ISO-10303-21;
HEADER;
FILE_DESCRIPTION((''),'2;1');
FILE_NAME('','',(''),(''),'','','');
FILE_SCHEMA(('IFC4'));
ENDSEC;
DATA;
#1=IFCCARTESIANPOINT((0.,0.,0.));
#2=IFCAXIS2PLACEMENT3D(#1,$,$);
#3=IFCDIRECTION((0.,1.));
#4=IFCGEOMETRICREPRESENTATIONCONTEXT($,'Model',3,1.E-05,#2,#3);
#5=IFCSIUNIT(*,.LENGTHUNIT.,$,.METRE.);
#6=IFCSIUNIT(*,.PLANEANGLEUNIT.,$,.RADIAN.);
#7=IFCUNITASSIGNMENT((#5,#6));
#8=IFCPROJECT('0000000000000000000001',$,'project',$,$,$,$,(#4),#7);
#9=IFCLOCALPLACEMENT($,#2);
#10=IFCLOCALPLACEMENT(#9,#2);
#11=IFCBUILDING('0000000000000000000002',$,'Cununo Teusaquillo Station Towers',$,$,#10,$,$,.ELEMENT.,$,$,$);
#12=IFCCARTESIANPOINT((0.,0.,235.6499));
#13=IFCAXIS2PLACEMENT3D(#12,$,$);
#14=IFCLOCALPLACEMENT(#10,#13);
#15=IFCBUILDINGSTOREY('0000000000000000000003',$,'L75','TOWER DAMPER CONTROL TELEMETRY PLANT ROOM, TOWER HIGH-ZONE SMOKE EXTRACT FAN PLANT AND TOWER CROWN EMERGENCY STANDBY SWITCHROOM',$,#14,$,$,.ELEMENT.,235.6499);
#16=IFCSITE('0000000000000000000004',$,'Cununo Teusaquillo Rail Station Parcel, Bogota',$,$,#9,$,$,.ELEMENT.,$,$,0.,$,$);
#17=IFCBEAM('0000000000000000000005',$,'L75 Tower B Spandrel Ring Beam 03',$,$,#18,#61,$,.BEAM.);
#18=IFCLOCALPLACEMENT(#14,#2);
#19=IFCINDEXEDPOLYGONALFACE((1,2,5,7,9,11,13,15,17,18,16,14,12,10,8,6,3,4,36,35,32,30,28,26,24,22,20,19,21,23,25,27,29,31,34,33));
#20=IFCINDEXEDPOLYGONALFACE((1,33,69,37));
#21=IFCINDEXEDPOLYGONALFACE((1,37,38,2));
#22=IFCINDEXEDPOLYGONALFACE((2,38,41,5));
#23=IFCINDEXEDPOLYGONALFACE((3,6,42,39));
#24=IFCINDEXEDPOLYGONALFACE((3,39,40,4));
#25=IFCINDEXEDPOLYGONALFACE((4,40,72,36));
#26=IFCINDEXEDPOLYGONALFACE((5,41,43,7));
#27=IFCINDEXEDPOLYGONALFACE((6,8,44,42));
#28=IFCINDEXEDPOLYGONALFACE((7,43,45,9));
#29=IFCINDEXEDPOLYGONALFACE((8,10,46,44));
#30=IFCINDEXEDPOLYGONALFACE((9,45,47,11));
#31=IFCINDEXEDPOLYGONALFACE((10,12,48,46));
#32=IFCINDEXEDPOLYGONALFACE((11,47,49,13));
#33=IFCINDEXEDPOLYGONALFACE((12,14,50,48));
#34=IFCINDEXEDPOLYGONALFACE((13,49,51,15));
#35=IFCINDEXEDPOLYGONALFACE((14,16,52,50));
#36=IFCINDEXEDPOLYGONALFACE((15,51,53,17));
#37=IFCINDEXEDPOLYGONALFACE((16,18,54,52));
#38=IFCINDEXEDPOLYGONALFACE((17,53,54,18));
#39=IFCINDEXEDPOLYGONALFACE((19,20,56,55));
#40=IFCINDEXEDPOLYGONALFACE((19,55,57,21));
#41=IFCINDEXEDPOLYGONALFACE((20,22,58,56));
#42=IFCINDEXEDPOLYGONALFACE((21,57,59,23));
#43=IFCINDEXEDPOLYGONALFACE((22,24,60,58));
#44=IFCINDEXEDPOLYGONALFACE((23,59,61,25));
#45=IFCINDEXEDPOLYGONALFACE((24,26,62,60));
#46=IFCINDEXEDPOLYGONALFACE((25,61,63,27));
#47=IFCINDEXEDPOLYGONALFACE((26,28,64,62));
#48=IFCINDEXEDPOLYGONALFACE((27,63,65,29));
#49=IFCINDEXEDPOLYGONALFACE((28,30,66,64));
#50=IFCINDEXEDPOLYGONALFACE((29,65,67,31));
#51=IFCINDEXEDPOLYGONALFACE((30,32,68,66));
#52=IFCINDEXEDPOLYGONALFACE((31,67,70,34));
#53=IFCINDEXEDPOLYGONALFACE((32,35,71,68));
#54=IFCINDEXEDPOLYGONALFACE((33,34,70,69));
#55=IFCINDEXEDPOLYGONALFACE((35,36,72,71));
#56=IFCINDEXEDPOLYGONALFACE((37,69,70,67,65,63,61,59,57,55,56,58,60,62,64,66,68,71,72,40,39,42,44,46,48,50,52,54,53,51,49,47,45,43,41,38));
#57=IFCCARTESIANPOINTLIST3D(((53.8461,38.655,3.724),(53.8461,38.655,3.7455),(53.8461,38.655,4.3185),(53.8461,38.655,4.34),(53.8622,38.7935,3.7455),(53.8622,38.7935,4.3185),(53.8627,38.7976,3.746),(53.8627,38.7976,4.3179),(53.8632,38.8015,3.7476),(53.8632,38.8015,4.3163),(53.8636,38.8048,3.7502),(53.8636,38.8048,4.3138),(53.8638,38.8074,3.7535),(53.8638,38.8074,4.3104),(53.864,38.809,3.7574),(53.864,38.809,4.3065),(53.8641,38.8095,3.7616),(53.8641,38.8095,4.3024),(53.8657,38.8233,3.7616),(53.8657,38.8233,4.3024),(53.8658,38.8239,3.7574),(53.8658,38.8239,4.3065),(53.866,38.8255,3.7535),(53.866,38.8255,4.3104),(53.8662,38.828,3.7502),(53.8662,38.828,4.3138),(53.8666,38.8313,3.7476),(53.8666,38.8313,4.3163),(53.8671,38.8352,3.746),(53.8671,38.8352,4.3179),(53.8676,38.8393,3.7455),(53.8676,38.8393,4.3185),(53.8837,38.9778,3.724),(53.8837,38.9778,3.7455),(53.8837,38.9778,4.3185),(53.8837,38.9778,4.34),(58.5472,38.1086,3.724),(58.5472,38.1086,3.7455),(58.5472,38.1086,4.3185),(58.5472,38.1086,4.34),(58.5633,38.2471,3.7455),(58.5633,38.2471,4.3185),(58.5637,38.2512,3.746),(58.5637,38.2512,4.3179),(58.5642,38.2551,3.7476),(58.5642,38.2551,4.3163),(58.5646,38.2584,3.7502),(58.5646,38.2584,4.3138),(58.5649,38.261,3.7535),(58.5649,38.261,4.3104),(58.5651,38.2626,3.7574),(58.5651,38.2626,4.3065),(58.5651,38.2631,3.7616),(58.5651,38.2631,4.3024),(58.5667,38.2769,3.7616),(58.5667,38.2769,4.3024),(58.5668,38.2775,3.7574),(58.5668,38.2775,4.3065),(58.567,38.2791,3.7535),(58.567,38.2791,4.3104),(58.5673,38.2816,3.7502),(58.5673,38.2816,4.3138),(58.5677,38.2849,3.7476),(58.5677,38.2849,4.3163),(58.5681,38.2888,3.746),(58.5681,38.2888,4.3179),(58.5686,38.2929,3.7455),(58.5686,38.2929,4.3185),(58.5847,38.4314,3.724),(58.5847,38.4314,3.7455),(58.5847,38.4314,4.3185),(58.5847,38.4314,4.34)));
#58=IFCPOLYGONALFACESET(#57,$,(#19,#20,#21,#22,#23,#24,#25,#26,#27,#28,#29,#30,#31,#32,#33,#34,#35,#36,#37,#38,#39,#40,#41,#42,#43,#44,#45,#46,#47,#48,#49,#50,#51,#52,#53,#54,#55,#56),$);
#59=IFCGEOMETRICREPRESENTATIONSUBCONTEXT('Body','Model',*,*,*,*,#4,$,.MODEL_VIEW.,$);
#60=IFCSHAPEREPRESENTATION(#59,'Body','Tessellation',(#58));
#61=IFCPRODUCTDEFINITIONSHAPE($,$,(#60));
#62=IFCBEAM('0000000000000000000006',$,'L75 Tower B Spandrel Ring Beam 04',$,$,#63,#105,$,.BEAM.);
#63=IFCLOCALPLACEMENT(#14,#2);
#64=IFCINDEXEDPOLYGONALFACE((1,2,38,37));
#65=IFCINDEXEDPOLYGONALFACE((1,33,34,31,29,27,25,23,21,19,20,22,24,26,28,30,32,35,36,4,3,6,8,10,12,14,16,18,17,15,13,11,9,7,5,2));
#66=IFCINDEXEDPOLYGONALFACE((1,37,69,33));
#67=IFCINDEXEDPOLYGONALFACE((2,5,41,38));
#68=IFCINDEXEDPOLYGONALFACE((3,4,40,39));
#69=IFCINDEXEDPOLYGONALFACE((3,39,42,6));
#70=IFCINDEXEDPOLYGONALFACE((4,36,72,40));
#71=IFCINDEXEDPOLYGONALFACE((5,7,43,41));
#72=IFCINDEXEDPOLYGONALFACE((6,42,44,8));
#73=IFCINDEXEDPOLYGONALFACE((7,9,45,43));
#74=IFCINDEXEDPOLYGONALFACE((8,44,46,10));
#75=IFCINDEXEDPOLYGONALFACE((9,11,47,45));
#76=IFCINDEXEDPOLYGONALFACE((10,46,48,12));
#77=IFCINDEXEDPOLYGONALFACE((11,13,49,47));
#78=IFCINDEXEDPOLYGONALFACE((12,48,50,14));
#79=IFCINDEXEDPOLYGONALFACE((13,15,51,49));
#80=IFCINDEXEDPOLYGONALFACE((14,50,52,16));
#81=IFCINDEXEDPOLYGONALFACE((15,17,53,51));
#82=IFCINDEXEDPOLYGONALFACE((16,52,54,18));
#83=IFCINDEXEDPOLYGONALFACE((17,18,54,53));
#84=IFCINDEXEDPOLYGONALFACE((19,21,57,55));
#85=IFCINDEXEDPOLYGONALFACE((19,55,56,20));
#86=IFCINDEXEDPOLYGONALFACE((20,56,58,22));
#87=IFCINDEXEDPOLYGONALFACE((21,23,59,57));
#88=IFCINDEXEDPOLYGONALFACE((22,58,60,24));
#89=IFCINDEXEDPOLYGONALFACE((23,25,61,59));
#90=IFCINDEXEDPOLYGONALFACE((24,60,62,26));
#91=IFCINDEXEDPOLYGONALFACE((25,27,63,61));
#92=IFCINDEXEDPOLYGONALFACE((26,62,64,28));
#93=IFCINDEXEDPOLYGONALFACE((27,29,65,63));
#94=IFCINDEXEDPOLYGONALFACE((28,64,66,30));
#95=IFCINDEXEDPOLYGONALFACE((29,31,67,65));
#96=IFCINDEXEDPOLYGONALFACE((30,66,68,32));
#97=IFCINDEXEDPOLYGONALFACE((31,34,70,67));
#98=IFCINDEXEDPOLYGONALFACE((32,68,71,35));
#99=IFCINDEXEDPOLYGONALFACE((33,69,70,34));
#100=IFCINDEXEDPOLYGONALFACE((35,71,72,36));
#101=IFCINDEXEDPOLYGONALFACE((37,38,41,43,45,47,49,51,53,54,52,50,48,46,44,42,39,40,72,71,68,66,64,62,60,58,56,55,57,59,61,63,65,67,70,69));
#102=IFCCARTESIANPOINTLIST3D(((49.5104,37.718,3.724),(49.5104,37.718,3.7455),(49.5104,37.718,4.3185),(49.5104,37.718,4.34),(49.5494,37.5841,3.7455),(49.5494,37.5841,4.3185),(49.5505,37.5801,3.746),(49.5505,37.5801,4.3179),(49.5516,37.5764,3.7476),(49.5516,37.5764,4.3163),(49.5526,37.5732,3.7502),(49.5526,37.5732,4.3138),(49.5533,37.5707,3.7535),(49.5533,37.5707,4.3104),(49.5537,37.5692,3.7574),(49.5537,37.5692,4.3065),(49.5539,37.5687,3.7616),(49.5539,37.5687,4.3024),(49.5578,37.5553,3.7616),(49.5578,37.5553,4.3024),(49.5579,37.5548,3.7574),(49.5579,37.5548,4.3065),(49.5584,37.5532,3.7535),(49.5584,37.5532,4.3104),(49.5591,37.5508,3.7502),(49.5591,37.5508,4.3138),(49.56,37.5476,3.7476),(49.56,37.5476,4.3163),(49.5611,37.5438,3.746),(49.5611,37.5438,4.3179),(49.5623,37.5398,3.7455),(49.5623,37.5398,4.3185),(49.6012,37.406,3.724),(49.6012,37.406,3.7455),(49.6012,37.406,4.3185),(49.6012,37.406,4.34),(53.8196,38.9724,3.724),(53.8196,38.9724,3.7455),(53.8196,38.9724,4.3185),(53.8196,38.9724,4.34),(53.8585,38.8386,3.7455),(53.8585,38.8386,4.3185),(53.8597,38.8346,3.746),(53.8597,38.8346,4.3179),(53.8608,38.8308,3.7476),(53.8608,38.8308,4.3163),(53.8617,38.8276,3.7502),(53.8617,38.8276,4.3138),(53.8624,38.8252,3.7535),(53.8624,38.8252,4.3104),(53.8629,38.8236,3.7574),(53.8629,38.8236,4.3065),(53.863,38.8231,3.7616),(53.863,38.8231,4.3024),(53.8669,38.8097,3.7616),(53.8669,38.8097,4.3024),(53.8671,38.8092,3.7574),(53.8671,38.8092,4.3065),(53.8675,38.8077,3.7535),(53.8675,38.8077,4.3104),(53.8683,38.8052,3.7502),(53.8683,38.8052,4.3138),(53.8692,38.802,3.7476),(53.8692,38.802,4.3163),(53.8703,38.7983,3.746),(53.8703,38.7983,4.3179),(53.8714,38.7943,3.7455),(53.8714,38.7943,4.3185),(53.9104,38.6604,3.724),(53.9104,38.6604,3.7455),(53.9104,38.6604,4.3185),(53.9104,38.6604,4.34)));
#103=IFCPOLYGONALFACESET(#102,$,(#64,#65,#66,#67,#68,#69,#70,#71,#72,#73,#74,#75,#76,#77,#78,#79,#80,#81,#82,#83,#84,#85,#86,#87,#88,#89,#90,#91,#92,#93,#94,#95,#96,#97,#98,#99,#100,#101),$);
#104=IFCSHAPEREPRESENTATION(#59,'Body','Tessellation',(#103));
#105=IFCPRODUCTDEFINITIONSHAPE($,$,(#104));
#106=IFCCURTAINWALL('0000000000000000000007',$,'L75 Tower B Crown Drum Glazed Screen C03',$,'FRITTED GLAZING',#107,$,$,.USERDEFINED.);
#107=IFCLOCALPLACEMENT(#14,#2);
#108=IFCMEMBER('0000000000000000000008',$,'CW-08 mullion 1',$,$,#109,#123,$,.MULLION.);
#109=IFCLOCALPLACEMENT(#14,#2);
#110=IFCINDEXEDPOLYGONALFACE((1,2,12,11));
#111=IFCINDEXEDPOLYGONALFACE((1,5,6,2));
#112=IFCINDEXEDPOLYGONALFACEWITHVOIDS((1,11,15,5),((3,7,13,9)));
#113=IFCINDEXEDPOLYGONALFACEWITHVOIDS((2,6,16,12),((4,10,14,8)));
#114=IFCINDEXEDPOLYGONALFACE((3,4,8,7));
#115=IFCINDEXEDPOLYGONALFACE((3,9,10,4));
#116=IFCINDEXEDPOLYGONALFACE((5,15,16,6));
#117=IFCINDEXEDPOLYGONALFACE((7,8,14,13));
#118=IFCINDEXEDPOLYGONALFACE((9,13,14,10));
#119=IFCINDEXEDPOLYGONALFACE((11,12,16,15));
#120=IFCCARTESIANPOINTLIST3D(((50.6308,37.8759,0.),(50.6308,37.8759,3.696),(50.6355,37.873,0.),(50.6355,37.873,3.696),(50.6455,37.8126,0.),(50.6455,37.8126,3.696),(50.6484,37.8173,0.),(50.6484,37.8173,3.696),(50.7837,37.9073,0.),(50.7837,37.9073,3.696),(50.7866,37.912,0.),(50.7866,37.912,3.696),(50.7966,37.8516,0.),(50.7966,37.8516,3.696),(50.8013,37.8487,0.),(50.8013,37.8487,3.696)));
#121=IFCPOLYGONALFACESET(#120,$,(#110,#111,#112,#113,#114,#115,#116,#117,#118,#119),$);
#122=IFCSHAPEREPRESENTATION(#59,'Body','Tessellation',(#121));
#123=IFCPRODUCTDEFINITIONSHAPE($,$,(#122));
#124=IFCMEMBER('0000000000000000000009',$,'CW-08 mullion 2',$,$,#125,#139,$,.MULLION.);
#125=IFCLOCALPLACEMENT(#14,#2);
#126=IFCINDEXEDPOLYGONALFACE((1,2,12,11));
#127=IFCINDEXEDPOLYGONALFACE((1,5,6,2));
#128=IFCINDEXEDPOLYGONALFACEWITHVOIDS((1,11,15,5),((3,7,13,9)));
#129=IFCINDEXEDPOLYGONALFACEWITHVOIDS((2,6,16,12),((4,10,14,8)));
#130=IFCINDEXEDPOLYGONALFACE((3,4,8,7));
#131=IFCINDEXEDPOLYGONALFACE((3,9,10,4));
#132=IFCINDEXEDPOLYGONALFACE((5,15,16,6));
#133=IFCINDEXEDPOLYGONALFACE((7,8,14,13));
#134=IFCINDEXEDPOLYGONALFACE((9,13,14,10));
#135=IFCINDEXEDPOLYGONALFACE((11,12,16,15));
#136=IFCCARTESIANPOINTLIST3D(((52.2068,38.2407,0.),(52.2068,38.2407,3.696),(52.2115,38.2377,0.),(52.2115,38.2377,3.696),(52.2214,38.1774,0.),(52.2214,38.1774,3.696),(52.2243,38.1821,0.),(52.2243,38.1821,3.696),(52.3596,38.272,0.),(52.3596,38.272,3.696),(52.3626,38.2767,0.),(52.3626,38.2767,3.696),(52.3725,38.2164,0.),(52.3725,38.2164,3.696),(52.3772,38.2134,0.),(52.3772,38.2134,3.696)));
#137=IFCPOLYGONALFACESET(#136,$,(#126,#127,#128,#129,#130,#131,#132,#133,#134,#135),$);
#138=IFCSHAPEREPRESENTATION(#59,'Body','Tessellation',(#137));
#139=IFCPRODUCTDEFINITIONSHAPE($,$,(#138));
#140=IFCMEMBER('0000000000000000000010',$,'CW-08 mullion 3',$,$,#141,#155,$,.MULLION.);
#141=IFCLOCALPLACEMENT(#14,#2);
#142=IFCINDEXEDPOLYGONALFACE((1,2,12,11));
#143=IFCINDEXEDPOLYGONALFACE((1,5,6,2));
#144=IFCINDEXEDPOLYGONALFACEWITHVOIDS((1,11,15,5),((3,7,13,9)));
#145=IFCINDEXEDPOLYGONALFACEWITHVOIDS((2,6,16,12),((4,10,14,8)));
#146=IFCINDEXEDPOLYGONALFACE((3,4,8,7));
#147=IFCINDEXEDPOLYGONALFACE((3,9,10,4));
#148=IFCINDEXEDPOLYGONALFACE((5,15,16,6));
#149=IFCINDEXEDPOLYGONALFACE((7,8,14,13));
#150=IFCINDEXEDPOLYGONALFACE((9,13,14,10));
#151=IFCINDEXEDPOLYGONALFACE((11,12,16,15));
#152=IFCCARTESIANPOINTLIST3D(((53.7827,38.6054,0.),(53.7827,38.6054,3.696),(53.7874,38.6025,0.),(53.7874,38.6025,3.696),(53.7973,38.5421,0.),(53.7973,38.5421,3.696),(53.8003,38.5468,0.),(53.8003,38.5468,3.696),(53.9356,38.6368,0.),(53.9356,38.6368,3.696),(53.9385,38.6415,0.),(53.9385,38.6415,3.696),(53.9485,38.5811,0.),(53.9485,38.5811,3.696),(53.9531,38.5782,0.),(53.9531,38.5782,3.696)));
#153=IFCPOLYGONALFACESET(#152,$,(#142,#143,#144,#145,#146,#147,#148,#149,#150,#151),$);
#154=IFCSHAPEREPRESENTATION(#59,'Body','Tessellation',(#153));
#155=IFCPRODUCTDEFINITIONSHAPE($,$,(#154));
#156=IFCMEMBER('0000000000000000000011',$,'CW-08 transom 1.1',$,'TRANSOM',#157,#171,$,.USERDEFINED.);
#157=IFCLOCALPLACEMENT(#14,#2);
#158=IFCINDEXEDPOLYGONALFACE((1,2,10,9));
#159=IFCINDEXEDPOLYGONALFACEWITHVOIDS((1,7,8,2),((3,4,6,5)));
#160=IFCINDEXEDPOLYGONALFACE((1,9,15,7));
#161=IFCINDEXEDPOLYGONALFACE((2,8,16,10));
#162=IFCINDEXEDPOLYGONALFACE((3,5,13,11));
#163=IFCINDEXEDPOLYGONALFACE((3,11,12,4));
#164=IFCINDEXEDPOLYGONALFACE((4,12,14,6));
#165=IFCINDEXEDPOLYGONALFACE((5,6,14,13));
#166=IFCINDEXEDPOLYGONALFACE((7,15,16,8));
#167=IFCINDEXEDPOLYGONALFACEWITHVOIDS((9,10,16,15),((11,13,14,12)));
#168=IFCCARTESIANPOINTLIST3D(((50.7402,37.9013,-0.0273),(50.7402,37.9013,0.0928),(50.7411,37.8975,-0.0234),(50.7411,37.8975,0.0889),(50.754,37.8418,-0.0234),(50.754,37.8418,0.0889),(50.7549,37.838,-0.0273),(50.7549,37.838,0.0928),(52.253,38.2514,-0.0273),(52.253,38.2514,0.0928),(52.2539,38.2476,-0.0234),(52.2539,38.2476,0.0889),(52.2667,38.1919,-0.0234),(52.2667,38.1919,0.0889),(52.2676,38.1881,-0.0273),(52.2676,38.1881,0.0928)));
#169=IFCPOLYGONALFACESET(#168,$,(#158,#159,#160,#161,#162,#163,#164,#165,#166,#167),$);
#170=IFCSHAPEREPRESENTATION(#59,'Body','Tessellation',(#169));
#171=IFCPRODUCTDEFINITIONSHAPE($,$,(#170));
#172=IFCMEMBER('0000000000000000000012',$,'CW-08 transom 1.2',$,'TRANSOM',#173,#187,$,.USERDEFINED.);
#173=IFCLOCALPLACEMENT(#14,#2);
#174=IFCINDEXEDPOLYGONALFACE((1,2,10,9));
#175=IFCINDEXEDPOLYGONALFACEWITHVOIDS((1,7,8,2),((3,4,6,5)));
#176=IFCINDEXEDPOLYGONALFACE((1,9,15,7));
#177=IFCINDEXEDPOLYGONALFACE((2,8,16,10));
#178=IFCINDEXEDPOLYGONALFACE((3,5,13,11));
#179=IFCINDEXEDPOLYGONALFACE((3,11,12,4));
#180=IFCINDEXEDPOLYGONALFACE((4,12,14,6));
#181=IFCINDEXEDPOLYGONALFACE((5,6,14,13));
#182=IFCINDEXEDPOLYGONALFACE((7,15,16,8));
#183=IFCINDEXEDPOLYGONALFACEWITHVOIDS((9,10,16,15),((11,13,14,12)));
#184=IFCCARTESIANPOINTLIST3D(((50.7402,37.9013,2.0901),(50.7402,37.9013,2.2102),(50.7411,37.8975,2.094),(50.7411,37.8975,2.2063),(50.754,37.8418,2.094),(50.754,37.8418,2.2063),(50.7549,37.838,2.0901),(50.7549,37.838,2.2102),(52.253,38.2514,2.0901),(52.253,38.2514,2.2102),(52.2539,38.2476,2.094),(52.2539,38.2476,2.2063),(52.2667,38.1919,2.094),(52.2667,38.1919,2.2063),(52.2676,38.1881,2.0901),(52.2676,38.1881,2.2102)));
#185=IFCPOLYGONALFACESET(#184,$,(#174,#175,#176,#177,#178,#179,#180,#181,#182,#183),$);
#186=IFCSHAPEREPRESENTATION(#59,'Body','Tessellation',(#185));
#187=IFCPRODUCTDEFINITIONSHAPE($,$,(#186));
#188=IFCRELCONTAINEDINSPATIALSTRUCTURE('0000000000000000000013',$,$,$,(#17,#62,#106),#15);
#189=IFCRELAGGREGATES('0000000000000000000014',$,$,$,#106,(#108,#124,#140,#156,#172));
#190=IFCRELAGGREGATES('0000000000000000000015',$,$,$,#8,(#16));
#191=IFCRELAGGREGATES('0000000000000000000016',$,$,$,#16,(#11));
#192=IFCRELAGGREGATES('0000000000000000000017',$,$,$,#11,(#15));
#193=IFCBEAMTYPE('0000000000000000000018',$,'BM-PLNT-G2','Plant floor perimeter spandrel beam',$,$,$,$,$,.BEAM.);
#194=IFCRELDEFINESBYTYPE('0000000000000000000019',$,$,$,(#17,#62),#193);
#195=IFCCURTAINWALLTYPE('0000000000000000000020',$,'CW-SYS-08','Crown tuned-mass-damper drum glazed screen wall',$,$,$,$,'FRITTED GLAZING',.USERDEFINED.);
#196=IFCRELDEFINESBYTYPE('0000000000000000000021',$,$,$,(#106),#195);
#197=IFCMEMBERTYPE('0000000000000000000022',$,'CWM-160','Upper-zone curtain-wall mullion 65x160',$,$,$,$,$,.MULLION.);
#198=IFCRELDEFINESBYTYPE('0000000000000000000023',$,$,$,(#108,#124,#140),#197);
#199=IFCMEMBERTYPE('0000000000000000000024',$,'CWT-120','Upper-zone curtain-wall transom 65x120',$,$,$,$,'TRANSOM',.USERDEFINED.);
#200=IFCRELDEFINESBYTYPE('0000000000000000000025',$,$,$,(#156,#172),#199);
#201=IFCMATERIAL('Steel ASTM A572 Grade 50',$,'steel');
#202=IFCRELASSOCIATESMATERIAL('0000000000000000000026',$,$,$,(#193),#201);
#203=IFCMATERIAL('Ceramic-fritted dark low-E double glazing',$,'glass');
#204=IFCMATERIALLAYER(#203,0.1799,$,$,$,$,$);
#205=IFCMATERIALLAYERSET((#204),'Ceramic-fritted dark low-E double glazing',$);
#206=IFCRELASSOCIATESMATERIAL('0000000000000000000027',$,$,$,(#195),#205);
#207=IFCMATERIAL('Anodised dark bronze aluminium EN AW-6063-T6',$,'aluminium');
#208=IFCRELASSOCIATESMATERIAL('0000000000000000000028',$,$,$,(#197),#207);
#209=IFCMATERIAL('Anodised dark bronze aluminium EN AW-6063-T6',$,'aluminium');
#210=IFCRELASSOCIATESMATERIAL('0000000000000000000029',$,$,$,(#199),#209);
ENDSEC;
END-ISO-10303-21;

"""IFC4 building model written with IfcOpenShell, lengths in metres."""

from ifc_helpers import new_model, si_unit, direction, frame, origin, origin_2d, place, context, subcontext, project, spatial, hollow_rectangle, i_section, extrude, material, layer, layer_set, material_profile, profile_set, type_object, element, aggregate, save


model = new_model("IFC4")

# Units and contexts
model_context = context("Model", 3, precision=1e-05, world=origin(), true_north=direction((0.0, 1.0)))
body_context = subcontext(model_context, "Body", "Model", "MODEL_VIEW")
ifc_project = project(units=[si_unit("LENGTHUNIT", "METRE"), si_unit("PLANEANGLEUNIT", "RADIAN")], contexts=[model_context])

# Site, building, storey
site_placement = place(None, origin())
site = spatial("IfcSite", under=ifc_project, at=site_placement, Name="Cununo Teusaquillo Rail Station Parcel, Bogota", CompositionType="ELEMENT", RefElevation=0.0)
building_placement = place(site_placement, origin())
building = spatial("IfcBuilding", under=site, at=building_placement, Name="Cununo Teusaquillo Station Towers", CompositionType="ELEMENT")
storey_placement = place(building_placement, frame((0.0, 0.0, 235.6499)))
storey = spatial("IfcBuildingStorey", under=building, at=storey_placement, Name="L75", Description="TOWER DAMPER CONTROL TELEMETRY PLANT ROOM, TOWER HIGH-ZONE SMOKE EXTRACT FAN PLANT AND TOWER CROWN EMERGENCY STANDBY SWITCHROOM", CompositionType="ELEMENT", Elevation=235.6499)

# Beams
ifc_material_1 = material(Name="Steel ASTM A572 Grade 50", Category="steel")
ifc_material_profile_1 = material_profile(ifc_material_1, i_section(OverallWidth=0.325, OverallDepth=0.616, WebThickness=0.0139, FlangeThickness=0.0215, FilletRadius=0.0161, at=origin_2d()), Name="W24X117")
ifc_profile_set_1 = profile_set([ifc_material_profile_1], Name="Steel ASTM A572 Grade 50")
beam_type = type_object("IfcBeamType", Name="BM-PLNT-G2", Description="Plant floor perimeter spandrel beam", PredefinedType="BEAM", material=ifc_profile_set_1)
beam_1_placement = place(storey_placement, frame((58.5659, 38.27, 4.032), z_axis=(-0.993313, 0.115452, 0.0), x_axis=(-0.115452, -0.993313, 0.0)))
element("IfcBeam", 1, at=beam_1_placement, inside=storey, type_object=beam_type, Name="L75 Tower B Spandrel Ring Beam 03", PredefinedType="BEAM", context=body_context, shape_type="SweptSolid", body=[
    extrude(i_section(OverallWidth=0.325, OverallDepth=0.616, WebThickness=0.0139, FlangeThickness=0.0215, FilletRadius=0.0161, at=origin_2d()), origin(), (0.0, 0.0, 1.0), 4.7327),
])
beam_2_placement = place(storey_placement, frame((53.865, 38.8164, 4.032), z_axis=(-0.960145, -0.279503, 0.0), x_axis=(0.279503, -0.960145, 0.0)))
element("IfcBeam", 2, at=beam_2_placement, inside=storey, type_object=beam_type, Name="L75 Tower B Spandrel Ring Beam 04", PredefinedType="BEAM", context=body_context, shape_type="SweptSolid", body=[
    extrude(i_section(OverallWidth=0.325, OverallDepth=0.616, WebThickness=0.0139, FlangeThickness=0.0215, FilletRadius=0.0161, at=origin_2d()), origin(), (0.0, 0.0, 1.0), 4.488),
])

# Curtain wall, members
ifc_material_2 = material(Name="Ceramic-fritted dark low-E double glazing", Category="glass")
ifc_layer_1 = layer(ifc_material_2, 0.1799)
ifc_layer_set_1 = layer_set([ifc_layer_1], Name="Ceramic-fritted dark low-E double glazing")
curtain_wall_type = type_object("IfcCurtainWallType", Name="CW-SYS-08", Description="Crown tuned-mass-damper drum glazed screen wall", ElementType="FRITTED GLAZING", PredefinedType="USERDEFINED", material=ifc_layer_set_1)
curtain_wall_placement = place(storey_placement, origin())
curtain_wall = element("IfcCurtainWall", 3, at=curtain_wall_placement, inside=storey, type_object=curtain_wall_type, Name="L75 Tower B Crown Drum Glazed Screen C03", ObjectType="FRITTED GLAZING", PredefinedType="USERDEFINED")
ifc_material_3 = material(Name="Anodised dark bronze aluminium EN AW-6063-T6", Category="aluminium")
ifc_material_profile_2 = material_profile(ifc_material_3, hollow_rectangle(XDim=0.0649, YDim=0.1599, WallThickness=0.0039, at=origin_2d()), Name="CW-MULL-65x160")
ifc_profile_set_2 = profile_set([ifc_material_profile_2], Name="Anodised dark bronze aluminium EN AW-6063-T6")
member_type_1 = type_object("IfcMemberType", Name="CWM-160", Description="Upper-zone curtain-wall mullion 65x160", PredefinedType="MULLION", material=ifc_profile_set_2)
member_1_placement = place(storey_placement, frame((50.7161, 37.8623, 0.0), z_axis=(0.0, 0.0, 1.0), x_axis=(-0.225466, 0.974251, 0.0)))
member_1 = element("IfcMember", 4, at=member_1_placement, type_object=member_type_1, Name="CW-08 mullion 1", PredefinedType="MULLION", context=body_context, shape_type="SweptSolid", body=[
    extrude(hollow_rectangle(XDim=0.0649, YDim=0.1599, WallThickness=0.0039, at=origin_2d()), origin(), (0.0, 0.0, 1.0), 3.696),
])
member_2_placement = place(storey_placement, frame((52.292, 38.2271, 0.0), z_axis=(0.0, 0.0, 1.0), x_axis=(-0.225466, 0.974251, 0.0)))
member_2 = element("IfcMember", 5, at=member_2_placement, type_object=member_type_1, Name="CW-08 mullion 2", PredefinedType="MULLION", context=body_context, shape_type="SweptSolid", body=[
    extrude(hollow_rectangle(XDim=0.0649, YDim=0.1599, WallThickness=0.0039, at=origin_2d()), origin(), (0.0, 0.0, 1.0), 3.696),
])
member_3_placement = place(storey_placement, frame((53.8679, 38.5918, 0.0), z_axis=(0.0, 0.0, 1.0), x_axis=(-0.225466, 0.974251, 0.0)))
member_3 = element("IfcMember", 6, at=member_3_placement, type_object=member_type_1, Name="CW-08 mullion 3", PredefinedType="MULLION", context=body_context, shape_type="SweptSolid", body=[
    extrude(hollow_rectangle(XDim=0.0649, YDim=0.1599, WallThickness=0.0039, at=origin_2d()), origin(), (0.0, 0.0, 1.0), 3.696),
])
ifc_material_4 = material(Name="Anodised dark bronze aluminium EN AW-6063-T6", Category="aluminium")
ifc_material_profile_3 = material_profile(ifc_material_4, hollow_rectangle(XDim=0.0649, YDim=0.1201, WallThickness=0.0039, at=origin_2d()), Name="CW-TRAN-65x120")
ifc_profile_set_3 = profile_set([ifc_material_profile_3], Name="Anodised dark bronze aluminium EN AW-6063-T6")
member_type_2 = type_object("IfcMemberType", Name="CWT-120", Description="Upper-zone curtain-wall transom 65x120", ElementType="TRANSOM", PredefinedType="USERDEFINED", material=ifc_profile_set_3)
member_4_placement = place(storey_placement, frame((50.7476, 37.8696, 0.0327), z_axis=(0.974248, 0.22548, 0.0), x_axis=(-0.22548, 0.974248, 0.0)))
member_4 = element("IfcMember", 7, at=member_4_placement, type_object=member_type_2, Name="CW-08 transom 1.1", ObjectType="TRANSOM", PredefinedType="USERDEFINED", context=body_context, shape_type="SweptSolid", body=[
    extrude(hollow_rectangle(XDim=0.0649, YDim=0.1201, WallThickness=0.0039, at=origin_2d()), origin(), (0.0, 0.0, 1.0), 1.5527),
])
member_5_placement = place(storey_placement, frame((50.7476, 37.8696, 2.1501), z_axis=(0.974248, 0.22548, 0.0), x_axis=(-0.22548, 0.974248, 0.0)))
member_5 = element("IfcMember", 8, at=member_5_placement, type_object=member_type_2, Name="CW-08 transom 1.2", ObjectType="TRANSOM", PredefinedType="USERDEFINED", context=body_context, shape_type="SweptSolid", body=[
    extrude(hollow_rectangle(XDim=0.0649, YDim=0.1201, WallThickness=0.0039, at=origin_2d()), origin(), (0.0, 0.0, 1.0), 1.5527),
])

aggregate(curtain_wall, [member_1, member_2, member_3, member_4, member_5])

save(model, "model.ifc")
